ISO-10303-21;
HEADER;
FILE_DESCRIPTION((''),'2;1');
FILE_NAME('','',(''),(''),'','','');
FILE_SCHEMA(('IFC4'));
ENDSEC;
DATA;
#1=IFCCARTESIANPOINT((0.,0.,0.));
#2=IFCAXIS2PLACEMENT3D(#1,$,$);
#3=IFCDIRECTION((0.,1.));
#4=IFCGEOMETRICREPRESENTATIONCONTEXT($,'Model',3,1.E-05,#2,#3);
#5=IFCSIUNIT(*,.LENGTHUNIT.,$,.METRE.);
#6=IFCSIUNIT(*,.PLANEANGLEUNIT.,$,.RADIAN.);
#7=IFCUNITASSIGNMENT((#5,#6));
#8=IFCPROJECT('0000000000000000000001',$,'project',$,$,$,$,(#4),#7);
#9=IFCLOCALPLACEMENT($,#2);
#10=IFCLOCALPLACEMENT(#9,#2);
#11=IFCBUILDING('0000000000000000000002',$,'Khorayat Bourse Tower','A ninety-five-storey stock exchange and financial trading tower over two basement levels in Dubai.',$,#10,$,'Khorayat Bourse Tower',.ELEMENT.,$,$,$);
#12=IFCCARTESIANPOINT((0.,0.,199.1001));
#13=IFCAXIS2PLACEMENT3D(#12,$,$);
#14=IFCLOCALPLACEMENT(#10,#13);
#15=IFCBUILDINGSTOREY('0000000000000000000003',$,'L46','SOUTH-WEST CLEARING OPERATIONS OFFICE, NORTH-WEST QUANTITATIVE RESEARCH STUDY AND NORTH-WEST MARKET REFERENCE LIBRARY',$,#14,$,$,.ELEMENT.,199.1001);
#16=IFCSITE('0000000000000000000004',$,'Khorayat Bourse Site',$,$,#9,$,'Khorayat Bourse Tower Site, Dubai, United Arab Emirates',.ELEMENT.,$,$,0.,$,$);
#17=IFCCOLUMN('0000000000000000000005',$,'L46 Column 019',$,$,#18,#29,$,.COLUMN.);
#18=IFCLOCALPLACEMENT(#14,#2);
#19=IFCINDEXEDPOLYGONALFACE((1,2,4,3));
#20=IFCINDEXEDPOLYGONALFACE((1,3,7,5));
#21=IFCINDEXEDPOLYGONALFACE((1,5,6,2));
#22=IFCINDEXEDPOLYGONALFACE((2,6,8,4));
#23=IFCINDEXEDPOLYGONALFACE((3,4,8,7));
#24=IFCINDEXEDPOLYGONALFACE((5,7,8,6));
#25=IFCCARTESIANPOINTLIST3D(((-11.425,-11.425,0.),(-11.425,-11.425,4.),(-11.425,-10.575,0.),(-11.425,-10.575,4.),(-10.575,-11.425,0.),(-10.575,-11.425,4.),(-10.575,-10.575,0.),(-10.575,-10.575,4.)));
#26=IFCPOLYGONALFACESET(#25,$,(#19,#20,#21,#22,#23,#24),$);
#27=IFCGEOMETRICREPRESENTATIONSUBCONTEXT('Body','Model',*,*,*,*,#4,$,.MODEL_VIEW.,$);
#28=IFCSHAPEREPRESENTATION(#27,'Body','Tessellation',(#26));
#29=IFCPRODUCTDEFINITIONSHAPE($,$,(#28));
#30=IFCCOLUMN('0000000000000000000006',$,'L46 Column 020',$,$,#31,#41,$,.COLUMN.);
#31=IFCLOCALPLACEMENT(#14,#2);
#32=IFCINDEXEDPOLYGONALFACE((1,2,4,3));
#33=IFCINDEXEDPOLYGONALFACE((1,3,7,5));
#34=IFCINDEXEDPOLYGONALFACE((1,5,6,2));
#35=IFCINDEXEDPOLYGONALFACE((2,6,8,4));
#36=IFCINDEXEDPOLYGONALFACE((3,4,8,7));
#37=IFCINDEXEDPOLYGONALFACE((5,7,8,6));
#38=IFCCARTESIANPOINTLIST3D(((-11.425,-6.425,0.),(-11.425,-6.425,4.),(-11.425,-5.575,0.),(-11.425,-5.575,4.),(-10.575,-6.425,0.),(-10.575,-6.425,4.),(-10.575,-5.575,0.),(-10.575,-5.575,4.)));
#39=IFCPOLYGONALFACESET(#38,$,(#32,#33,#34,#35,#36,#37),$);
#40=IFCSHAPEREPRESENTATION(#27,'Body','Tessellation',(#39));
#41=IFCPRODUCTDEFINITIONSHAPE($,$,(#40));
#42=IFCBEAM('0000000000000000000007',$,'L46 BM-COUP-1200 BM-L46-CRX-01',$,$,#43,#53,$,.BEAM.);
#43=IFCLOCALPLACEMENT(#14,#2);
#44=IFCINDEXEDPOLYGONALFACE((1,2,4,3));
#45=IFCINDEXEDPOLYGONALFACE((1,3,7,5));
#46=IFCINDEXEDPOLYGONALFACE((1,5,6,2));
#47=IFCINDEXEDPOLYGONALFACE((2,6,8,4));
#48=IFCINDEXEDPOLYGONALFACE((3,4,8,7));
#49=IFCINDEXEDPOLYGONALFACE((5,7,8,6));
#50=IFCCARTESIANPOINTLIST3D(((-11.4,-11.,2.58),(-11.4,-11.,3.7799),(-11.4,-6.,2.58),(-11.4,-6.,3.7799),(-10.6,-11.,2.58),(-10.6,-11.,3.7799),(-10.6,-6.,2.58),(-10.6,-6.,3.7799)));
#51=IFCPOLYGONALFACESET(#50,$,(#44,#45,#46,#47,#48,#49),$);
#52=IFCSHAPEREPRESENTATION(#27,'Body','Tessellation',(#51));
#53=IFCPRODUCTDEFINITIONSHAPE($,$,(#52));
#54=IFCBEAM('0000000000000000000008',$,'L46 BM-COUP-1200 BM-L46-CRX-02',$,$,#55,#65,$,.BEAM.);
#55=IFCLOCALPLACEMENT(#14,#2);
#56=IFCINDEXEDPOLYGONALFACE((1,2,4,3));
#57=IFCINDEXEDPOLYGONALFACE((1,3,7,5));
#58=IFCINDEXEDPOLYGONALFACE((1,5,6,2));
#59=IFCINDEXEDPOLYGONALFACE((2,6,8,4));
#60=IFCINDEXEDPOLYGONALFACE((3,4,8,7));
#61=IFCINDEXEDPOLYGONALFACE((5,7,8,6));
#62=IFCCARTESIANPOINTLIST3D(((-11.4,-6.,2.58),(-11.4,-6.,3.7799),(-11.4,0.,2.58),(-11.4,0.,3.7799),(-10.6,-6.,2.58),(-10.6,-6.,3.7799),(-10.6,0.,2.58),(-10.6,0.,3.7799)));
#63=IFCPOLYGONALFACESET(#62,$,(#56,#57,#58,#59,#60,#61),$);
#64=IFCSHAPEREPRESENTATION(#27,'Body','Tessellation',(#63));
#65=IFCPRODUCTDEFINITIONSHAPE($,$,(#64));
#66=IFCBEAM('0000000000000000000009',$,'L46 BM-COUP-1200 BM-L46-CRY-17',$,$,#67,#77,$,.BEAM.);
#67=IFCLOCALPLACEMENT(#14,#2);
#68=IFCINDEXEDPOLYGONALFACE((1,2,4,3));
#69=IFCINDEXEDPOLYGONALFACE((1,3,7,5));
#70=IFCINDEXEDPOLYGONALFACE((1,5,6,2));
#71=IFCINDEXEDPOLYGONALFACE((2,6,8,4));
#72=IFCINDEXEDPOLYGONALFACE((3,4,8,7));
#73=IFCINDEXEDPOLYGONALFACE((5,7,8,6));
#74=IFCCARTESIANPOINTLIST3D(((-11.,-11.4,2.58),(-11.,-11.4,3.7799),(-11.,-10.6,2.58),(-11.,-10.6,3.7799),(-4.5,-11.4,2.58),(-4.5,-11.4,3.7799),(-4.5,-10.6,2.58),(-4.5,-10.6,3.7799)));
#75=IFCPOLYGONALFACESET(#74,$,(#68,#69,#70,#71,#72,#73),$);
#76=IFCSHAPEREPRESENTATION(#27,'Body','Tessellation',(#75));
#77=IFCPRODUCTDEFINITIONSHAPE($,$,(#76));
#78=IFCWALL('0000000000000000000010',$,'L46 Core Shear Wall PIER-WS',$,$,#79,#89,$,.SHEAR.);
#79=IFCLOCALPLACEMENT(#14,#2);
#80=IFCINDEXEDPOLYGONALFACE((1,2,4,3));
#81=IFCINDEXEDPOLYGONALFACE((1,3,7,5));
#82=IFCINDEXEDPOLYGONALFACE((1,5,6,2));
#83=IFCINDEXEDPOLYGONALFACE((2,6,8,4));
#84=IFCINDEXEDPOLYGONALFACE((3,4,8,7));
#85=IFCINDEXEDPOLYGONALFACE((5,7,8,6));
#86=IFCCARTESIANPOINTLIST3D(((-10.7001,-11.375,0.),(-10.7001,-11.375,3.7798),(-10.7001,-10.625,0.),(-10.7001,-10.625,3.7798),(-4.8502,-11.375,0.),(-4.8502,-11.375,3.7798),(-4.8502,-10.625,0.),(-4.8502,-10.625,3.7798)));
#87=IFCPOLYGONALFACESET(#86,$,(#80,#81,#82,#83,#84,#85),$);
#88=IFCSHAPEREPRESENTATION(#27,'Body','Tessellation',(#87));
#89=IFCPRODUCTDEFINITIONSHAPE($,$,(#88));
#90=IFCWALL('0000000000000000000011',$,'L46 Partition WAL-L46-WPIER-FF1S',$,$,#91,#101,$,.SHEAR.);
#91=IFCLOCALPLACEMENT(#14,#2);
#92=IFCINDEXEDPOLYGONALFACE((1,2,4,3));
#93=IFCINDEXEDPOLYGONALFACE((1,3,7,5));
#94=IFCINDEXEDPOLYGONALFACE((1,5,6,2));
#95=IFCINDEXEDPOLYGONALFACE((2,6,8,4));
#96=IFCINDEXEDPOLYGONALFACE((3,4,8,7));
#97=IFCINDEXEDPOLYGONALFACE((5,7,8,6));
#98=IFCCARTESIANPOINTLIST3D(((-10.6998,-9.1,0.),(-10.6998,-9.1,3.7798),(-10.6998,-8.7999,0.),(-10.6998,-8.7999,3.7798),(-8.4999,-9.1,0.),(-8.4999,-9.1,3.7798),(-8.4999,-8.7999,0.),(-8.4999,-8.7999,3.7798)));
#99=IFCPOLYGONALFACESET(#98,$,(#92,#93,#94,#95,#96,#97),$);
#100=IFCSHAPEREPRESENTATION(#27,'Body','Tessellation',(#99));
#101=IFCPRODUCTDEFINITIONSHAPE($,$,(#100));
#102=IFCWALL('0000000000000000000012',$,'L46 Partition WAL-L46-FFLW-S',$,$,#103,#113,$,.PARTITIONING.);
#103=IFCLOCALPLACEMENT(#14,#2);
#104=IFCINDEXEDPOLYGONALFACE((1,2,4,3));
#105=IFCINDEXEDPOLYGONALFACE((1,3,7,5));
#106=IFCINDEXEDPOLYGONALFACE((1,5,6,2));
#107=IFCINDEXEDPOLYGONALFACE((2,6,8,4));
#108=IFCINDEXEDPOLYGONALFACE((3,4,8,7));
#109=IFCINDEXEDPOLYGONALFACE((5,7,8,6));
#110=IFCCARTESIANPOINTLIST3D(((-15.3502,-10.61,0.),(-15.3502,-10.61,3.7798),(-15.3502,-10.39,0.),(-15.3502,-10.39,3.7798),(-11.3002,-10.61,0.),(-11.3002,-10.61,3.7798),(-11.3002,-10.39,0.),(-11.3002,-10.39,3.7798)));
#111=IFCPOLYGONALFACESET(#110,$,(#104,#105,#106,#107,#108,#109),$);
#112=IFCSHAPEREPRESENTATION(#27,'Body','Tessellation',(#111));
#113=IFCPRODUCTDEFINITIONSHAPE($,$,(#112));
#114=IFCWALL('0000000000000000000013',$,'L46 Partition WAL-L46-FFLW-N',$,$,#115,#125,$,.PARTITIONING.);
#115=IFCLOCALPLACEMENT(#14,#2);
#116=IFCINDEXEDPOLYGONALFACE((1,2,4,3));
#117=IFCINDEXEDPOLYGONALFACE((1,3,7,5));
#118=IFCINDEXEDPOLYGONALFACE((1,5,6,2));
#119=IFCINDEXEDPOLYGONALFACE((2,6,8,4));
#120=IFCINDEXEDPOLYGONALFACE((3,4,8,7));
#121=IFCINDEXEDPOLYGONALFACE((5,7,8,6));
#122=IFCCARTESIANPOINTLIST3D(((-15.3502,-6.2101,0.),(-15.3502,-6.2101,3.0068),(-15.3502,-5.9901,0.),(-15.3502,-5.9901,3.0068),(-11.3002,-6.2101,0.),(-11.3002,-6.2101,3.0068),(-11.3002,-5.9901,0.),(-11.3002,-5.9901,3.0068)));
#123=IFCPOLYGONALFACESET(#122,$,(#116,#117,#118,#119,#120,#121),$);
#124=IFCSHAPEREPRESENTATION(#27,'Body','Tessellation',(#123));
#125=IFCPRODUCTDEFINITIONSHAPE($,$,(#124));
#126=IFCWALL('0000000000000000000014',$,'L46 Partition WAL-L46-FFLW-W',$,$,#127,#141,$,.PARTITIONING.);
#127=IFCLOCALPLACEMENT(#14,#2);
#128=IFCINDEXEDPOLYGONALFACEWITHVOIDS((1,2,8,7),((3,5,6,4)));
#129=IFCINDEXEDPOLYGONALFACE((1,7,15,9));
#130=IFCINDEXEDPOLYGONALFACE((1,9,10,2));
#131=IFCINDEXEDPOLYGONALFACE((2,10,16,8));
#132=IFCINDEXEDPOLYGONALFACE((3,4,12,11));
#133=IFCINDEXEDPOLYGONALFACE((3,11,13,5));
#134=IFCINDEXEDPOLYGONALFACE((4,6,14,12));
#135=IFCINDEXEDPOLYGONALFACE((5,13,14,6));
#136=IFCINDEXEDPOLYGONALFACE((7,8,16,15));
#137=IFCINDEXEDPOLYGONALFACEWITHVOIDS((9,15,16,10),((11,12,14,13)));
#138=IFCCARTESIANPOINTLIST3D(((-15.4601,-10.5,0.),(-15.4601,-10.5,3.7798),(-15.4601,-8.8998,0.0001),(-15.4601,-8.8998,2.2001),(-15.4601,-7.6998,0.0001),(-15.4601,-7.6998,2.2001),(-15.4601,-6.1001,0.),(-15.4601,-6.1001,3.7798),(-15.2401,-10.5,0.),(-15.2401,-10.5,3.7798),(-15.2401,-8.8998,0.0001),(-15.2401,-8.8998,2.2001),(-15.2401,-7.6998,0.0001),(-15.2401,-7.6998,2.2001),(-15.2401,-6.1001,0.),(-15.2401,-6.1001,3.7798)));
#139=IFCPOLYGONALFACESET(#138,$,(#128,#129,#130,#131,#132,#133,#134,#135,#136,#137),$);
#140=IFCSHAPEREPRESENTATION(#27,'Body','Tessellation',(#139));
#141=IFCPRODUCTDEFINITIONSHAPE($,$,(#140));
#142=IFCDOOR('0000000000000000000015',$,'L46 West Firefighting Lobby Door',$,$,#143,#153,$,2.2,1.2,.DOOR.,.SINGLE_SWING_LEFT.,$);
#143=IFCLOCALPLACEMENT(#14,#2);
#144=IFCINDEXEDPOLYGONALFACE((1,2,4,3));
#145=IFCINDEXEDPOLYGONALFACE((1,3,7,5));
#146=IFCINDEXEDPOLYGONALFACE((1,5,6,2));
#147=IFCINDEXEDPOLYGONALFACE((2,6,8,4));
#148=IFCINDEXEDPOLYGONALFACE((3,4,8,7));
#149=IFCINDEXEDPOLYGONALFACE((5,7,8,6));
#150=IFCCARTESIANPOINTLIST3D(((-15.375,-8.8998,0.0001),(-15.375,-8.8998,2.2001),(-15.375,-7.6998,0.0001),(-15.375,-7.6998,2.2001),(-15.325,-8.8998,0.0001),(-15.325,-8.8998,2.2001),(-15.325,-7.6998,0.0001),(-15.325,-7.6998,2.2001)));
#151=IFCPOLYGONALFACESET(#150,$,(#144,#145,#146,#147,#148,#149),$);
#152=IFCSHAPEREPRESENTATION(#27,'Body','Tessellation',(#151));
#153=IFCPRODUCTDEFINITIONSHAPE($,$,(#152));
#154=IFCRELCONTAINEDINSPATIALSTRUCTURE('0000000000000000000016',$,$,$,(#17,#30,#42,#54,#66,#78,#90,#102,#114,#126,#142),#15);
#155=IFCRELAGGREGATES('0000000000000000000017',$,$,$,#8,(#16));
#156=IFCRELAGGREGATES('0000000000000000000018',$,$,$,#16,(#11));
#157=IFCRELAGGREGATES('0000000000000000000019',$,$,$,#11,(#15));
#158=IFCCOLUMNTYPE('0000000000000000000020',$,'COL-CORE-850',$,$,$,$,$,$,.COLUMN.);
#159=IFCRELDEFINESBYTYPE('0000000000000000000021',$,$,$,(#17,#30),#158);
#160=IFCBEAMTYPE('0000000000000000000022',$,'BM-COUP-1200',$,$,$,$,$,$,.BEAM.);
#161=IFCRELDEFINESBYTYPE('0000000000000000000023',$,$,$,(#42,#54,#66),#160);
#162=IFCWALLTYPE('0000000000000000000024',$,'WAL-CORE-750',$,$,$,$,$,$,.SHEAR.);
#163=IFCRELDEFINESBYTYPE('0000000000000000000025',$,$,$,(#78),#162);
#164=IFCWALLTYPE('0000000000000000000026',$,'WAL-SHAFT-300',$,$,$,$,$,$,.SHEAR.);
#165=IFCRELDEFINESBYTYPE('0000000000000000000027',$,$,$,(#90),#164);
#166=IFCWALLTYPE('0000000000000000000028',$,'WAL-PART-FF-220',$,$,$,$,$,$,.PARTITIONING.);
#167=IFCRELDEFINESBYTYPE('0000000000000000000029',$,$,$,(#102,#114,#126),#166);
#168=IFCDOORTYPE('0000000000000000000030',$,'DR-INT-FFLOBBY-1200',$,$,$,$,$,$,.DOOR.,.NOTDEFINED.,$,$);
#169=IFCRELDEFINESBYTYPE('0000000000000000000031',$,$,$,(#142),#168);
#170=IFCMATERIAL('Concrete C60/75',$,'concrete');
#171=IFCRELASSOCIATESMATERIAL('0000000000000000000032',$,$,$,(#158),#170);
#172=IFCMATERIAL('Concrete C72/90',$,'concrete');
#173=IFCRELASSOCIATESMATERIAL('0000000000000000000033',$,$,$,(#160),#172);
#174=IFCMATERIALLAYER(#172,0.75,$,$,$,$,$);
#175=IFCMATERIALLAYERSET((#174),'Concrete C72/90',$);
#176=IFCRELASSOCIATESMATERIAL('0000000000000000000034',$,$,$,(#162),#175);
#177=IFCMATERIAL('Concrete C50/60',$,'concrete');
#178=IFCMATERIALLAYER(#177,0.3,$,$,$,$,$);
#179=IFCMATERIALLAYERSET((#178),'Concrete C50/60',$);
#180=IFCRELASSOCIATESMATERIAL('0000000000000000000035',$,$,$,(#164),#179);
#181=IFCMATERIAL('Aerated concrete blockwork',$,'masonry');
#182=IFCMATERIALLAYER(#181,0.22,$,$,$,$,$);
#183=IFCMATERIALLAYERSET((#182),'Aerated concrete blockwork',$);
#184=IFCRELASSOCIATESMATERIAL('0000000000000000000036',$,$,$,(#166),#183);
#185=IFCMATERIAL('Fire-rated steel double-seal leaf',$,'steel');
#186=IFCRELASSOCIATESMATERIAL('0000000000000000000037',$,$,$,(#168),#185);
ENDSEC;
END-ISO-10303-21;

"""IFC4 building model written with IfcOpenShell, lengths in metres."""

from ifc_helpers import new_model, si_unit, direction, frame, frame_2d, origin, origin_2d, place, context, subcontext, project, spatial, rectangle, extrude, source, transform, mapped, material, layer, layer_set, material_profile, profile_set, type_object, element, fill, save


model = new_model("IFC4")

# Units and contexts
model_context = context("Model", 3, precision=1e-05, world=origin(), true_north=direction((0.0, 1.0)))
body_context = subcontext(model_context, "Body", "Model", "MODEL_VIEW")
ifc_project = project(units=[si_unit("LENGTHUNIT", "METRE"), si_unit("PLANEANGLEUNIT", "RADIAN")], contexts=[model_context])

# Site, building, storey
site_placement = place(None, origin())
site = spatial("IfcSite", under=ifc_project, at=site_placement, Name="Khorayat Bourse Site", LongName="Khorayat Bourse Tower Site, Dubai, United Arab Emirates", CompositionType="ELEMENT", RefElevation=0.0)
building_placement = place(site_placement, origin())
building = spatial("IfcBuilding", under=site, at=building_placement, Name="Khorayat Bourse Tower", Description="A ninety-five-storey stock exchange and financial trading tower over two basement levels in Dubai.", LongName="Khorayat Bourse Tower", CompositionType="ELEMENT")
storey_placement = place(building_placement, frame((0.0, 0.0, 199.1001)))
storey = spatial("IfcBuildingStorey", under=building, at=storey_placement, Name="L46", Description="SOUTH-WEST CLEARING OPERATIONS OFFICE, NORTH-WEST QUANTITATIVE RESEARCH STUDY AND NORTH-WEST MARKET REFERENCE LIBRARY", CompositionType="ELEMENT", Elevation=199.1001)

# Columns
ifc_material_1 = material(Name="Concrete C60/75", Category="concrete")
ifc_material_profile_1 = material_profile(ifc_material_1, rectangle(XDim=0.8501, YDim=0.8501, at=origin_2d()), Name="RC 850x850")
ifc_profile_set_1 = profile_set([ifc_material_profile_1], Name="Concrete C60/75")
column_type = type_object("IfcColumnType", Name="COL-CORE-850", PredefinedType="COLUMN", material=ifc_profile_set_1)
shared_shape_1 = source(origin(), body_context, "Body", "SweptSolid", [
    extrude(rectangle(XDim=0.8501, YDim=0.8501, at=origin_2d()), origin(), (0.0, 0.0, 1.0), 4.0),
])
for number, where, z_axis, x_axis, name in (
    (1, (-11.0, -11.0, 0.0), (0.0, 0.0, 1.0), (1.0, 0.0, 0.0), "L46 Column 019"),
    (2, (-11.0, -6.0, 0.0), (0.0, 0.0, 1.0), (1.0, 0.0, 0.0), "L46 Column 020"),
):
    element("IfcColumn", number, at=place(storey_placement, frame(where, z_axis=z_axis, x_axis=x_axis)), inside=storey, type_object=column_type, Name=name, PredefinedType="COLUMN", context=body_context, shape_type="MappedRepresentation", body=[
        mapped(shared_shape_1, transform((0.0, 0.0, 0.0), scale=1.0)),
    ])

# Beams
ifc_material_2 = material(Name="Concrete C72/90", Category="concrete")
ifc_material_profile_2 = material_profile(ifc_material_2, rectangle(XDim=0.8, YDim=1.2, at=origin_2d()), Name="RC 800x1200")
ifc_profile_set_2 = profile_set([ifc_material_profile_2], Name="Concrete C72/90")
beam_type = type_object("IfcBeamType", Name="BM-COUP-1200", PredefinedType="BEAM", material=ifc_profile_set_2)
shared_shape_2 = source(origin(), body_context, "Body", "SweptSolid", [
    extrude(rectangle(XDim=0.8, YDim=1.2, at=origin_2d()), origin(), (0.0, 0.0, 1.0), 5.0),
])
beam_1_placement = place(storey_placement, frame((-11.0, -11.0, 3.1799), z_axis=(0.0, 1.0, 0.0), x_axis=(-1.0, 0.0, 0.0)))
element("IfcBeam", 3, at=beam_1_placement, inside=storey, type_object=beam_type, Name="L46 BM-COUP-1200 BM-L46-CRX-01", PredefinedType="BEAM", context=body_context, shape_type="MappedRepresentation", body=[
    mapped(shared_shape_2, transform((0.0, 0.0, 0.0), scale=1.0)),
])
shared_shape_3 = source(origin(), body_context, "Body", "SweptSolid", [
    extrude(rectangle(XDim=0.8, YDim=1.2, at=origin_2d()), origin(), (0.0, 0.0, 1.0), 6.0),
])
beam_2_placement = place(storey_placement, frame((-11.0, -6.0, 3.1799), z_axis=(0.0, 1.0, 0.0), x_axis=(-1.0, 0.0, 0.0)))
element("IfcBeam", 4, at=beam_2_placement, inside=storey, type_object=beam_type, Name="L46 BM-COUP-1200 BM-L46-CRX-02", PredefinedType="BEAM", context=body_context, shape_type="MappedRepresentation", body=[
    mapped(shared_shape_3, transform((0.0, 0.0, 0.0), scale=1.0)),
])
shared_shape_4 = source(origin(), body_context, "Body", "SweptSolid", [
    extrude(rectangle(XDim=0.8, YDim=1.2, at=origin_2d()), origin(), (0.0, 0.0, 1.0), 6.5),
])
beam_3_placement = place(storey_placement, frame((-11.0, -11.0, 3.1799), z_axis=(1.0, 0.0, 0.0), x_axis=(0.0, 1.0, 0.0)))
element("IfcBeam", 5, at=beam_3_placement, inside=storey, type_object=beam_type, Name="L46 BM-COUP-1200 BM-L46-CRY-17", PredefinedType="BEAM", context=body_context, shape_type="MappedRepresentation", body=[
    mapped(shared_shape_4, transform((0.0, 0.0, 0.0), scale=1.0)),
])

# Walls
ifc_layer_1 = layer(ifc_material_2, 0.75)
ifc_layer_set_1 = layer_set([ifc_layer_1], Name="Concrete C72/90")
wall_type_1 = type_object("IfcWallType", Name="WAL-CORE-750", PredefinedType="SHEAR", material=ifc_layer_set_1)
shared_shape_5 = source(origin(), body_context, "Body", "SweptSolid", [
    extrude(rectangle(XDim=5.8499, YDim=0.75, at=frame_2d((2.9248, 0.0))), origin(), (0.0, 0.0, 1.0), 3.7798),
])
wall_1_placement = place(storey_placement, frame((-10.7, -11.0, 0.0), z_axis=(0.0, 0.0, 1.0), x_axis=(1.0, 0.0, 0.0)))
element("IfcWall", 6, at=wall_1_placement, inside=storey, type_object=wall_type_1, Name="L46 Core Shear Wall PIER-WS", PredefinedType="SHEAR", context=body_context, shape_type="MappedRepresentation", body=[
    mapped(shared_shape_5, transform((0.0, 0.0, 0.0), scale=1.0)),
])
ifc_material_3 = material(Name="Concrete C50/60", Category="concrete")
ifc_layer_2 = layer(ifc_material_3, 0.3)
ifc_layer_set_2 = layer_set([ifc_layer_2], Name="Concrete C50/60")
wall_type_2 = type_object("IfcWallType", Name="WAL-SHAFT-300", PredefinedType="SHEAR", material=ifc_layer_set_2)
shared_shape_6 = source(origin(), body_context, "Body", "SweptSolid", [
    extrude(rectangle(XDim=2.2, YDim=0.3, at=frame_2d((1.1001, 0.0))), origin(), (0.0, 0.0, 1.0), 3.7798),
])
wall_2_placement = place(storey_placement, frame((-10.7, -8.95, 0.0), z_axis=(0.0, 0.0, 1.0), x_axis=(1.0, 0.0, 0.0)))
element("IfcWall", 7, at=wall_2_placement, inside=storey, type_object=wall_type_2, Name="L46 Partition WAL-L46-WPIER-FF1S", PredefinedType="SHEAR", context=body_context, shape_type="MappedRepresentation", body=[
    mapped(shared_shape_6, transform((0.0, 0.0, 0.0), scale=1.0)),
])
ifc_material_4 = material(Name="Aerated concrete blockwork", Category="masonry")
ifc_layer_3 = layer(ifc_material_4, 0.22)
ifc_layer_set_3 = layer_set([ifc_layer_3], Name="Aerated concrete blockwork")
wall_type_3 = type_object("IfcWallType", Name="WAL-PART-FF-220", PredefinedType="PARTITIONING", material=ifc_layer_set_3)
shared_shape_7 = source(origin(), body_context, "Body", "SweptSolid", [
    extrude(rectangle(XDim=4.05, YDim=0.22, at=frame_2d((2.0249, 0.0))), origin(), (0.0, 0.0, 1.0), 3.7798),
])
wall_3_placement = place(storey_placement, frame((-15.3501, -10.5, 0.0), z_axis=(0.0, 0.0, 1.0), x_axis=(1.0, 0.0, 0.0)))
element("IfcWall", 8, at=wall_3_placement, inside=storey, type_object=wall_type_3, Name="L46 Partition WAL-L46-FFLW-S", PredefinedType="PARTITIONING", context=body_context, shape_type="MappedRepresentation", body=[
    mapped(shared_shape_7, transform((0.0, 0.0, 0.0), scale=1.0)),
])
shared_shape_8 = source(origin(), body_context, "Body", "SweptSolid", [
    extrude(rectangle(XDim=4.05, YDim=0.22, at=frame_2d((2.0249, 0.0))), origin(), (0.0, 0.0, 1.0), 3.0068),
])
wall_4_placement = place(storey_placement, frame((-15.3501, -6.1001, 0.0), z_axis=(0.0, 0.0, 1.0), x_axis=(1.0, 0.0, 0.0)))
element("IfcWall", 9, at=wall_4_placement, inside=storey, type_object=wall_type_3, Name="L46 Partition WAL-L46-FFLW-N", PredefinedType="PARTITIONING", context=body_context, shape_type="MappedRepresentation", body=[
    mapped(shared_shape_8, transform((0.0, 0.0, 0.0), scale=1.0)),
])

# Wall, opening, door
shared_shape_9 = source(origin(), body_context, "Body", "SweptSolid", [
    extrude(rectangle(XDim=4.3999, YDim=0.22, at=frame_2d((2.2, 0.0))), origin(), (0.0, 0.0, 1.0), 3.7798),
])
wall_5_placement = place(storey_placement, frame((-15.3501, -10.5, 0.0), z_axis=(0.0, 0.0, 1.0), x_axis=(0.0, 1.0, 0.0)))
wall_5 = element("IfcWall", 10, at=wall_5_placement, inside=storey, type_object=wall_type_3, Name="L46 Partition WAL-L46-FFLW-W", PredefinedType="PARTITIONING", context=body_context, shape_type="MappedRepresentation", body=[
    mapped(shared_shape_9, transform((0.0, 0.0, 0.0), scale=1.0)),
])
shared_shape_10 = source(origin(), body_context, "Body", "SweptSolid", [
    extrude(rectangle(XDim=1.2, YDim=2.2, at=frame_2d((0.6001, 1.1001))), frame((0.0, 0.1199, 0.0), z_axis=(0.0, -1.0, 0.0), x_axis=(1.0, 0.0, 0.0)), (0.0, 0.0, 1.0), 0.24),
])
opening_1_placement = place(wall_5_placement, frame((1.6001, 0.0, 0.0)))
opening_1 = element("IfcOpeningElement", 11, at=opening_1_placement, cuts=wall_5, PredefinedType="OPENING", context=body_context, shape_type="MappedRepresentation", body=[
    mapped(shared_shape_10, transform((0.0, 0.0, 0.0), scale=1.0)),
])
ifc_material_5 = material(Name="Fire-rated steel double-seal leaf", Category="steel")
door_type_1 = type_object("IfcDoorType", Name="DR-INT-FFLOBBY-1200", OperationType="NOTDEFINED", PredefinedType="DOOR", material=ifc_material_5)
shared_shape_11 = source(origin(), body_context, "Body", "SweptSolid", [
    extrude(rectangle(XDim=1.2, YDim=2.2, at=frame_2d((0.6001, 1.1001))), frame((0.0, 0.0249, 0.0), z_axis=(0.0, -1.0, 0.0), x_axis=(1.0, 0.0, 0.0)), (0.0, 0.0, 1.0), 0.05),
])
door_1_placement = place(opening_1_placement, origin())
door_1 = element("IfcDoor", 12, at=door_1_placement, inside=storey, type_object=door_type_1, Name="L46 West Firefighting Lobby Door", OperationType="SINGLE_SWING_LEFT", OverallHeight=2.2, OverallWidth=1.2, PredefinedType="DOOR", context=body_context, shape_type="MappedRepresentation", body=[
    mapped(shared_shape_11, transform((0.0, 0.0, 0.0), scale=1.0)),
])
fill(opening_1, door_1)

save(model, "model.ifc")
